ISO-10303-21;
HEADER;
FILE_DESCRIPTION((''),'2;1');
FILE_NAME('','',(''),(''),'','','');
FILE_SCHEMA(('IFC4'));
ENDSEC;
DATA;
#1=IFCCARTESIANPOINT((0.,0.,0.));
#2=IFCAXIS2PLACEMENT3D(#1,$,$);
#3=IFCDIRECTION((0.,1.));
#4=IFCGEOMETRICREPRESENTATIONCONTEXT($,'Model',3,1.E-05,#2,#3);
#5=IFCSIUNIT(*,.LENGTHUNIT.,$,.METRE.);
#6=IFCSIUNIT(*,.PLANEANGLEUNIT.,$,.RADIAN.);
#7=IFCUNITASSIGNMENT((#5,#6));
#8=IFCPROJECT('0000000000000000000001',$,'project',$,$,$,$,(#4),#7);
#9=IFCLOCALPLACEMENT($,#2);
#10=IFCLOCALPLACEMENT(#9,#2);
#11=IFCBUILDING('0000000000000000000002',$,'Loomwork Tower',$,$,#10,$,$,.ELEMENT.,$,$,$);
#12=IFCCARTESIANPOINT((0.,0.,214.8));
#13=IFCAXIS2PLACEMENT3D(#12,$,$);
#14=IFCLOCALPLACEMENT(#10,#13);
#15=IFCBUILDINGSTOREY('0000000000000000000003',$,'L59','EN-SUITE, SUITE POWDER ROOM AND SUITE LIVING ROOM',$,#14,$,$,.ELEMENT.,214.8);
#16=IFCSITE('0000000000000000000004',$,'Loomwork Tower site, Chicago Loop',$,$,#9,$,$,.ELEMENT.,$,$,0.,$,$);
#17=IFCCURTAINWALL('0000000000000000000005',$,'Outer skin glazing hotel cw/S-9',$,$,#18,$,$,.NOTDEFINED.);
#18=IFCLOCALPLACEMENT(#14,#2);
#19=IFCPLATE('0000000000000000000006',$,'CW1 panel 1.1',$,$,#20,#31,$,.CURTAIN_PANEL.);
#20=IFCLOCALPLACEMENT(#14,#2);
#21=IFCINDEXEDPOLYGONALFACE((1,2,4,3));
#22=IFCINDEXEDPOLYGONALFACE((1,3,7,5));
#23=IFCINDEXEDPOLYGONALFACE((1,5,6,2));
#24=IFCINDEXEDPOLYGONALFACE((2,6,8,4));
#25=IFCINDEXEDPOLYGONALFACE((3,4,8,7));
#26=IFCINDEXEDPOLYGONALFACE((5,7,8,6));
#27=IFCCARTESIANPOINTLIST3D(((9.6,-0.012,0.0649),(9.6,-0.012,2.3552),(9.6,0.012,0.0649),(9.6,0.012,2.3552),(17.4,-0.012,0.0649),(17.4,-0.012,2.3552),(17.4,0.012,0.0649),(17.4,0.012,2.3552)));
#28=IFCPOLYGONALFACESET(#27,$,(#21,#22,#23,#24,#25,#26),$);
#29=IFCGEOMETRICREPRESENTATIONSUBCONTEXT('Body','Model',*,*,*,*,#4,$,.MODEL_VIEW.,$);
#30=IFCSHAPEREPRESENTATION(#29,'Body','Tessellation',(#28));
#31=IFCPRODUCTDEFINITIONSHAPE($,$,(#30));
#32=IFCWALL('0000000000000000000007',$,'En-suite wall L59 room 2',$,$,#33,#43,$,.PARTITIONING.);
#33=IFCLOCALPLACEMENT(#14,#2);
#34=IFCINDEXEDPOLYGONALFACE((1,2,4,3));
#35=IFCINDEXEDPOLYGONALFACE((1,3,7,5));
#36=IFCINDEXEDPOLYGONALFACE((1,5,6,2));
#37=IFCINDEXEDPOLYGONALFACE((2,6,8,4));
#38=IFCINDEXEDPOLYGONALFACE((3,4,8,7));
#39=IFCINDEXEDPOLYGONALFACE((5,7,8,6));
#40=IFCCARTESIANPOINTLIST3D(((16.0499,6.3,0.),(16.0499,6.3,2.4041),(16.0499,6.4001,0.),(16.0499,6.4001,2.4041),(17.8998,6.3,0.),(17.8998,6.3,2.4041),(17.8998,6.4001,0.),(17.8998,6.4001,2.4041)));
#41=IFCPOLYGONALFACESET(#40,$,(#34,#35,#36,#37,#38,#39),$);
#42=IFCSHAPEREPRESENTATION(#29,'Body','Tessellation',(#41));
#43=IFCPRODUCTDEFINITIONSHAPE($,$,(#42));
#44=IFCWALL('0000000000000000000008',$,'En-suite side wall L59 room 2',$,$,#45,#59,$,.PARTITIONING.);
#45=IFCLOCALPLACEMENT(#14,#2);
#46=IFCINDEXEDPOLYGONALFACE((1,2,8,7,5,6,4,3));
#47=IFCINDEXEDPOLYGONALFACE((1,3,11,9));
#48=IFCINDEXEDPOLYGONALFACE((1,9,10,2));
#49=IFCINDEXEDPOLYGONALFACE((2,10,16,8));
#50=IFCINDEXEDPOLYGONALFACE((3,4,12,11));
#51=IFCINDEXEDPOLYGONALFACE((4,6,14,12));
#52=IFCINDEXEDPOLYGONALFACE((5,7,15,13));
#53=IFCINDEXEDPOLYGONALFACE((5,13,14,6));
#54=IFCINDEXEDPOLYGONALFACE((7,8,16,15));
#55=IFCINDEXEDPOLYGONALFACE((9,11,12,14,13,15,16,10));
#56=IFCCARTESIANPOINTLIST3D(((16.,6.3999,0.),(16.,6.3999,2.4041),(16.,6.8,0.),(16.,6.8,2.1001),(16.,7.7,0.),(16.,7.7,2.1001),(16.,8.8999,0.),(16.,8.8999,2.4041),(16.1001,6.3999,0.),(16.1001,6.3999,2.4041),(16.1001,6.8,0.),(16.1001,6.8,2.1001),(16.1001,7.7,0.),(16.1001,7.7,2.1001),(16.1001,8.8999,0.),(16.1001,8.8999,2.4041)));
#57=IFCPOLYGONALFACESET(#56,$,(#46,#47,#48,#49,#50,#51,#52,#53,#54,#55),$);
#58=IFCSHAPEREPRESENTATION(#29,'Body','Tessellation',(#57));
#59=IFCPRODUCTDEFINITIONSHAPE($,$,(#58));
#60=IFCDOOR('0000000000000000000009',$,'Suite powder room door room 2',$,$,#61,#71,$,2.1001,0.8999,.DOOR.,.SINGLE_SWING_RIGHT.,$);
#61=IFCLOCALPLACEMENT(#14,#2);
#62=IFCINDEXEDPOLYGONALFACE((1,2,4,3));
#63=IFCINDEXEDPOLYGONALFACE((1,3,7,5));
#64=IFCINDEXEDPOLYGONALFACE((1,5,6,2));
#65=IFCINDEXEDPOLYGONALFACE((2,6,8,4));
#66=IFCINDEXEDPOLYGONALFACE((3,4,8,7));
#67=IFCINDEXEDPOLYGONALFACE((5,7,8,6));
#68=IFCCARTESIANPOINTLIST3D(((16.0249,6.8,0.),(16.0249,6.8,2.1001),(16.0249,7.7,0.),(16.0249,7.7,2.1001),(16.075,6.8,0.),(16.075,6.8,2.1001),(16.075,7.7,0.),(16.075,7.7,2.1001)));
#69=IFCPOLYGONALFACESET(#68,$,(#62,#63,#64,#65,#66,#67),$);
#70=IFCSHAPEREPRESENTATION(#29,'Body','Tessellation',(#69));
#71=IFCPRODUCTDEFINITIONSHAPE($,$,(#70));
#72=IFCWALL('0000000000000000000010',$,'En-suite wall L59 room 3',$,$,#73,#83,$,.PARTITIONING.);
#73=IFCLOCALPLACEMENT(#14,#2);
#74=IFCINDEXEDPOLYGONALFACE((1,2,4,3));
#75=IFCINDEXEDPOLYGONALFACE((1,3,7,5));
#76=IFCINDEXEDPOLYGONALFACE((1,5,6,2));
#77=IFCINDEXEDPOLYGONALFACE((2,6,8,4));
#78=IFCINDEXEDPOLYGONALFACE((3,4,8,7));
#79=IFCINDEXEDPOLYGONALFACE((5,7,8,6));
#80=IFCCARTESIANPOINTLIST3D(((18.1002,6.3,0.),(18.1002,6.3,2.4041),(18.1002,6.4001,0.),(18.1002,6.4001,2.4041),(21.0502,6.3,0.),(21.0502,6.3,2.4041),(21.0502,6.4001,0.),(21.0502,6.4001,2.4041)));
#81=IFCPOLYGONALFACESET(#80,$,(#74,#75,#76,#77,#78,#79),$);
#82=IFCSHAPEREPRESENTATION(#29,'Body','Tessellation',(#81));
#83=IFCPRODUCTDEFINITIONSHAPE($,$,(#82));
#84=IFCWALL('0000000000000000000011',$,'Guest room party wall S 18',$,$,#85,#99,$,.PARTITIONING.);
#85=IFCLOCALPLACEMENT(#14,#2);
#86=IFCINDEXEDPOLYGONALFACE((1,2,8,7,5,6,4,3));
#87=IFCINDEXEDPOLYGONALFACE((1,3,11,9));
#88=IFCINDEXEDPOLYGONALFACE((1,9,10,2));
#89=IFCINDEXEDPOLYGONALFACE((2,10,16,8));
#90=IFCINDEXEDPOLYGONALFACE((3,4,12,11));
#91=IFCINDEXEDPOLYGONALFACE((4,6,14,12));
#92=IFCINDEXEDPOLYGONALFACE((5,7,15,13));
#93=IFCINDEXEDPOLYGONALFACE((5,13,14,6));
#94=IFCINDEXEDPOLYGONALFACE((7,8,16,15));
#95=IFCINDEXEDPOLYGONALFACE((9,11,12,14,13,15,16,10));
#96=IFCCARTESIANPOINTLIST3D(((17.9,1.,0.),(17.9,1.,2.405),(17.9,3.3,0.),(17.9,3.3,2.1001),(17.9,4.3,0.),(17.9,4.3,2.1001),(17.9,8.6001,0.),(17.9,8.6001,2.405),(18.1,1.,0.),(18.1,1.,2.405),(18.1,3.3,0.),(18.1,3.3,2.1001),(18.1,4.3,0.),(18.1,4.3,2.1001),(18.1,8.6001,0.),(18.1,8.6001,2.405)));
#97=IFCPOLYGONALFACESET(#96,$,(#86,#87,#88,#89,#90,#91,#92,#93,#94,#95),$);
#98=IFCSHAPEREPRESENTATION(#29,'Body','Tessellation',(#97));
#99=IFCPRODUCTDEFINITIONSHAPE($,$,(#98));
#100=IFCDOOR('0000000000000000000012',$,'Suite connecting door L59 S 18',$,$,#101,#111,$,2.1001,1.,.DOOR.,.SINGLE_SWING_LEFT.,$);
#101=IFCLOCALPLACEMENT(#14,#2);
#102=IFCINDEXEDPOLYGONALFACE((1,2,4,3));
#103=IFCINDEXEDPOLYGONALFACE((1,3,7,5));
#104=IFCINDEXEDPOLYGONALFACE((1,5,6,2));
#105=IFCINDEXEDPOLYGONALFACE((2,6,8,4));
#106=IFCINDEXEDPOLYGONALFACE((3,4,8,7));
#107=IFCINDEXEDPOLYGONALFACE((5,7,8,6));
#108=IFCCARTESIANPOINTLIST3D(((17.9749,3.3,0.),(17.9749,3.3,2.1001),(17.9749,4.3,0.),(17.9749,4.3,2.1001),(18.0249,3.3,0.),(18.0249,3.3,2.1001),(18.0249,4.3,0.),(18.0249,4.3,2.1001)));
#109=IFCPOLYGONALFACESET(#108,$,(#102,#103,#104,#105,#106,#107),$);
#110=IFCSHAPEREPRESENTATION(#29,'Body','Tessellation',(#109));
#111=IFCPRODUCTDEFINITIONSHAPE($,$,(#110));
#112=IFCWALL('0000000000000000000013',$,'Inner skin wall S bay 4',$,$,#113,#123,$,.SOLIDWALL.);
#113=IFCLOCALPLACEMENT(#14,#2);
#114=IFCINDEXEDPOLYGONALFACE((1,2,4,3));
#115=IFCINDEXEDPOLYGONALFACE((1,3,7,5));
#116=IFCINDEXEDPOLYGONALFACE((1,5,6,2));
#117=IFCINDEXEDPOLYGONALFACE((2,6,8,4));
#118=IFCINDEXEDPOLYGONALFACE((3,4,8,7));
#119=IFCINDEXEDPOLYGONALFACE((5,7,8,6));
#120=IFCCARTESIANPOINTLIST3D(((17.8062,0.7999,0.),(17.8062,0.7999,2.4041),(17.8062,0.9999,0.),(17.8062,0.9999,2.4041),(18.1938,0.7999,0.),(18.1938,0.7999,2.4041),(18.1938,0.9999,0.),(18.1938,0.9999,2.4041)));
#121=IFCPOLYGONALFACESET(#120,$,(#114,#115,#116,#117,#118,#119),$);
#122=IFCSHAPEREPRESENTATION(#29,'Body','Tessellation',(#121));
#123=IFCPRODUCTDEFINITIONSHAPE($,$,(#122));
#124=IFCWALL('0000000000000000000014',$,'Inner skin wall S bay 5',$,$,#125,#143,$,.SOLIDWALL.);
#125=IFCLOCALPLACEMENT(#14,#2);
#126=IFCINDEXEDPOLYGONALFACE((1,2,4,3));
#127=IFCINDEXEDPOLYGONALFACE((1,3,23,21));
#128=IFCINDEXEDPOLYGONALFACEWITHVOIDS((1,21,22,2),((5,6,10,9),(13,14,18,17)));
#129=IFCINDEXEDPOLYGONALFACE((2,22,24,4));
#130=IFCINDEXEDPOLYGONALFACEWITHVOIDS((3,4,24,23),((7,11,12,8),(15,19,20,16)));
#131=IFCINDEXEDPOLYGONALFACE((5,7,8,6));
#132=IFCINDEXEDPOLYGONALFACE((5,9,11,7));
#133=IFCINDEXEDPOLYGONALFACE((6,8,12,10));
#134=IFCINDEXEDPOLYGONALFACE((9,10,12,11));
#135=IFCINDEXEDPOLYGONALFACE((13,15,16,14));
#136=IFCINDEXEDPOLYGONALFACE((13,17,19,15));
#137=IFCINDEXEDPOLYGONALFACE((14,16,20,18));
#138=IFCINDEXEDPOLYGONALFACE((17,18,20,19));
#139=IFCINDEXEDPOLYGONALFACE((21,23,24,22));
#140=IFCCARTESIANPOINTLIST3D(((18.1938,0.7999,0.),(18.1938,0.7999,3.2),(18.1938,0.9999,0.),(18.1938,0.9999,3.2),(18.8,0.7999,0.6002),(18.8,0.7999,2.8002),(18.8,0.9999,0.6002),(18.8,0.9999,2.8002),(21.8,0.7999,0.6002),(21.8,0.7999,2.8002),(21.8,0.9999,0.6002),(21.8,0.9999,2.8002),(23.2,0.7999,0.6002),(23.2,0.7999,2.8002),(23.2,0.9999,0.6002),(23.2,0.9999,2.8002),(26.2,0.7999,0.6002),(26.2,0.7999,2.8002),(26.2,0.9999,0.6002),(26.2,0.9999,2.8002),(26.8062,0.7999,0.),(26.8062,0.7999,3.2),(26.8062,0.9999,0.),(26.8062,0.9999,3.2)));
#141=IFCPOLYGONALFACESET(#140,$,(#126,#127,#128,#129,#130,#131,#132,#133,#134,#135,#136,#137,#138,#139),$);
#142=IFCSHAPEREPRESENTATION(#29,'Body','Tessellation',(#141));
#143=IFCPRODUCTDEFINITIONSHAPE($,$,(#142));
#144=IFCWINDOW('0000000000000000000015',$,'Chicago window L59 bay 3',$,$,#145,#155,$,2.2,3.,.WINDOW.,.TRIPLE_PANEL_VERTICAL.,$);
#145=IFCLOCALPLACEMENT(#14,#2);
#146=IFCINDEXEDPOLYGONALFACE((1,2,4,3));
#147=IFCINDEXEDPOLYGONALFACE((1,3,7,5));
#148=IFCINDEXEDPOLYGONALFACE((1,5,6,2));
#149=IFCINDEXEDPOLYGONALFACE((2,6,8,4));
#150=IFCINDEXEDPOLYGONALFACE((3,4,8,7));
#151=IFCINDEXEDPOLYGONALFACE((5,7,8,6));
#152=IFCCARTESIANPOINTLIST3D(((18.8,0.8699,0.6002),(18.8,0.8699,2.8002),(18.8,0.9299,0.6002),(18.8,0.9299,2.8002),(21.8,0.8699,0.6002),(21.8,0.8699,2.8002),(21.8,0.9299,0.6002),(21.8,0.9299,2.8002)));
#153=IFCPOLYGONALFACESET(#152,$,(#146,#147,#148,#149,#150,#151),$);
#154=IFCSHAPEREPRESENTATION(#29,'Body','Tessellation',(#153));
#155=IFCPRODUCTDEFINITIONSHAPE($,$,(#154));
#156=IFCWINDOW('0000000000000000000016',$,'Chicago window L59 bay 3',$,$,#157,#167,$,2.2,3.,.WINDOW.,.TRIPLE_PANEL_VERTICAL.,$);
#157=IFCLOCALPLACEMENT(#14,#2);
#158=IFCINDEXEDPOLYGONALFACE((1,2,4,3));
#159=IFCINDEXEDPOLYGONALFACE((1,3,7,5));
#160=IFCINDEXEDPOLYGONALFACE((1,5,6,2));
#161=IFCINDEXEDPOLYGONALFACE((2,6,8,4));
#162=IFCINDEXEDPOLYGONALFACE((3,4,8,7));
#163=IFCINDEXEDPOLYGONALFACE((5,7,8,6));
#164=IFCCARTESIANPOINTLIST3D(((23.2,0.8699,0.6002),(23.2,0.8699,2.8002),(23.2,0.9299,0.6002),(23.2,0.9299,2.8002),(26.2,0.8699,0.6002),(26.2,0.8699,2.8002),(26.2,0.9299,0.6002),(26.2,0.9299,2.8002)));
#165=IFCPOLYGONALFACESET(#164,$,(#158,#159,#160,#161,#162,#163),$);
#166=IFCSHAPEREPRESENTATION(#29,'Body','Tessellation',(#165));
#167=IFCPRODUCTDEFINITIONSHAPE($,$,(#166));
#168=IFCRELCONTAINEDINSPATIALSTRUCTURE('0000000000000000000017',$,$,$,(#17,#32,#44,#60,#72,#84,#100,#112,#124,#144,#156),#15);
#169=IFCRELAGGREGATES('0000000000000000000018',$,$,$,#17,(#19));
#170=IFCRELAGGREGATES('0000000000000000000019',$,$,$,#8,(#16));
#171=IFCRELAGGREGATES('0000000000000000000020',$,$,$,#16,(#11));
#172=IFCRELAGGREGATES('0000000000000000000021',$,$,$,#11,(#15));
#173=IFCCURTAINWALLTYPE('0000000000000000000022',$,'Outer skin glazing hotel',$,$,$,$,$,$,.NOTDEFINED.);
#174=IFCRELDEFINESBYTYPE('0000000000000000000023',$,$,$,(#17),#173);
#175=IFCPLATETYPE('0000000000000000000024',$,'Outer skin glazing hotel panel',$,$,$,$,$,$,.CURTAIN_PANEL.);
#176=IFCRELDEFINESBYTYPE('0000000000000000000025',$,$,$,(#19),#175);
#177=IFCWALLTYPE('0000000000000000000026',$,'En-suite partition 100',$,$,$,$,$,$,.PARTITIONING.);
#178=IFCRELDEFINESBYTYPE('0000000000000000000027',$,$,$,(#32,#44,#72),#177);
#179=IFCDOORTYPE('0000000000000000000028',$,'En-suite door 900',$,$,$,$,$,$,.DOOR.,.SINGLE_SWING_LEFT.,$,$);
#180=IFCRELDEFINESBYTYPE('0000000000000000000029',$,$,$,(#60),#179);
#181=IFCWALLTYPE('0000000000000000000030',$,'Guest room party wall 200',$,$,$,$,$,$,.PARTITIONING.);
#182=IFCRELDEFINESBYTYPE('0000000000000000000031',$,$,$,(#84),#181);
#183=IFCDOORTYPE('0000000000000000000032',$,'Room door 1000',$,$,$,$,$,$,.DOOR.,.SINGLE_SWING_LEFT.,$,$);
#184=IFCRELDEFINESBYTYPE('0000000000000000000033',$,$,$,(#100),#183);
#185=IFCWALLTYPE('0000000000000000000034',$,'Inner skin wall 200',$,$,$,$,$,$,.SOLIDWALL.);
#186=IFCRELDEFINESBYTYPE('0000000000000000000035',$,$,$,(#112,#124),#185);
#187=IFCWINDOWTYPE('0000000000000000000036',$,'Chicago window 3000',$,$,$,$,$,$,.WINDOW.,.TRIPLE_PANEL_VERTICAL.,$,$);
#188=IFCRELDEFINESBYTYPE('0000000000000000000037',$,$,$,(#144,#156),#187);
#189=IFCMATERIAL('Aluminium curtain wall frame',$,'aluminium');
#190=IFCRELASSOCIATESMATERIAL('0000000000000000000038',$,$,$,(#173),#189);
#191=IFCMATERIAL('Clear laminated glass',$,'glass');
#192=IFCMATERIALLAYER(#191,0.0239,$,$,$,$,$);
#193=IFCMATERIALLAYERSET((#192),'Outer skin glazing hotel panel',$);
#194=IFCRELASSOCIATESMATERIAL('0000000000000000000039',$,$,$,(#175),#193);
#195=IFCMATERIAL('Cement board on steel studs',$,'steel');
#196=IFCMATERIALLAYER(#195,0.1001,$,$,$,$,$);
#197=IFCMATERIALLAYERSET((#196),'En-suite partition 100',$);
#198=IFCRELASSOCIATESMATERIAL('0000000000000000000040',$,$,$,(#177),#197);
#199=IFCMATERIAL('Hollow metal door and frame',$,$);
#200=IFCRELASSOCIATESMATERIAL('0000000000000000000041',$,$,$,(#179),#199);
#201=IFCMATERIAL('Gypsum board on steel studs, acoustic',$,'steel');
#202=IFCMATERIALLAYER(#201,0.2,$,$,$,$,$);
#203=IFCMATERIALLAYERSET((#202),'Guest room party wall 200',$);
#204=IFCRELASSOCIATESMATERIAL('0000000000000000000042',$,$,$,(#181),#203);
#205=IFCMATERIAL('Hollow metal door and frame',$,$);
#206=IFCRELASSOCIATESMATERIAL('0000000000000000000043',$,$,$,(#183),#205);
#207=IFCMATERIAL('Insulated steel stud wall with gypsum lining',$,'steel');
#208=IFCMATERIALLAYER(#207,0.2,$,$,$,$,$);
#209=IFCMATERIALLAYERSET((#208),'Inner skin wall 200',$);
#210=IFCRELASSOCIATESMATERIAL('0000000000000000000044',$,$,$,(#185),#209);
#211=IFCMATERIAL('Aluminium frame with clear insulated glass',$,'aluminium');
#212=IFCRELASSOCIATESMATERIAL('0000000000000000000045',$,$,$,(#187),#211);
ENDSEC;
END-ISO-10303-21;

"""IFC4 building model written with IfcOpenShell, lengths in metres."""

from ifc_helpers import new_model, si_unit, direction, frame, frame_2d, origin, origin_2d, place, context, subcontext, project, spatial, rectangle, extrude, material, layer, layer_set, type_object, element, fill, aggregate, save


model = new_model("IFC4")

# Units and contexts
model_context = context("Model", 3, precision=1e-05, world=origin(), true_north=direction((0.0, 1.0)))
body_context = subcontext(model_context, "Body", "Model", "MODEL_VIEW")
ifc_project = project(units=[si_unit("LENGTHUNIT", "METRE"), si_unit("PLANEANGLEUNIT", "RADIAN")], contexts=[model_context])

# Site, building, storey
site_placement = place(None, origin())
site = spatial("IfcSite", under=ifc_project, at=site_placement, Name="Loomwork Tower site, Chicago Loop", CompositionType="ELEMENT", RefElevation=0.0)
building_placement = place(site_placement, origin())
building = spatial("IfcBuilding", under=site, at=building_placement, Name="Loomwork Tower", CompositionType="ELEMENT")
storey_placement = place(building_placement, frame((0.0, 0.0, 214.8)))
storey = spatial("IfcBuildingStorey", under=building, at=storey_placement, Name="L59", Description="EN-SUITE, SUITE POWDER ROOM AND SUITE LIVING ROOM", CompositionType="ELEMENT", Elevation=214.8)

# Curtain wall
ifc_material_1 = material(Name="Aluminium curtain wall frame", Category="aluminium")
curtain_wall_type = type_object("IfcCurtainWallType", Name="Outer skin glazing hotel", PredefinedType="NOTDEFINED", material=ifc_material_1)
curtain_wall_1_placement = place(storey_placement, origin())
curtain_wall_1 = element("IfcCurtainWall", 1, at=curtain_wall_1_placement, inside=storey, type_object=curtain_wall_type, Name="Outer skin glazing hotel cw/S-9", PredefinedType="NOTDEFINED")

# Plate
ifc_material_2 = material(Name="Clear laminated glass", Category="glass")
ifc_layer_1 = layer(ifc_material_2, 0.0239)
ifc_layer_set_1 = layer_set([ifc_layer_1], Name="Outer skin glazing hotel panel")
plate_type = type_object("IfcPlateType", Name="Outer skin glazing hotel panel", PredefinedType="CURTAIN_PANEL", material=ifc_layer_set_1)
plate_placement = place(storey_placement, frame((13.5, 0.0, 0.0649), z_axis=(0.0, 0.0, 1.0), x_axis=(1.0, 0.0, 0.0)))
plate = element("IfcPlate", 2, at=plate_placement, type_object=plate_type, Name="CW1 panel 1.1", PredefinedType="CURTAIN_PANEL", context=body_context, shape_type="SweptSolid", body=[
    extrude(rectangle(XDim=7.8, YDim=0.0239, at=origin_2d()), origin(), (0.0, 0.0, 1.0), 2.2903),
])
aggregate(curtain_wall_1, [plate])

# Wall
ifc_material_3 = material(Name="Cement board on steel studs", Category="steel")
ifc_layer_2 = layer(ifc_material_3, 0.1001)
ifc_layer_set_2 = layer_set([ifc_layer_2], Name="En-suite partition 100")
wall_type_1 = type_object("IfcWallType", Name="En-suite partition 100", PredefinedType="PARTITIONING", material=ifc_layer_set_2)
wall_1_placement = place(storey_placement, frame((16.05, 6.3501, 0.0), z_axis=(0.0, 0.0, 1.0), x_axis=(1.0, 0.0, 0.0)))
element("IfcWall", 3, at=wall_1_placement, inside=storey, type_object=wall_type_1, Name="En-suite wall L59 room 2", PredefinedType="PARTITIONING", context=body_context, shape_type="SweptSolid", body=[
    extrude(rectangle(XDim=1.8499, YDim=0.1001, at=frame_2d((0.9248, 0.0))), origin(), (0.0, 0.0, 1.0), 2.4041),
])

# Wall, opening, door
wall_2_placement = place(storey_placement, frame((16.05, 8.8999, 0.0), z_axis=(0.0, 0.0, 1.0), x_axis=(0.0, -1.0, 0.0)))
wall_2 = element("IfcWall", 4, at=wall_2_placement, inside=storey, type_object=wall_type_1, Name="En-suite side wall L59 room 2", PredefinedType="PARTITIONING", context=body_context, shape_type="SweptSolid", body=[
    extrude(rectangle(XDim=2.5, YDim=0.1001, at=frame_2d((1.25, 0.0))), origin(), (0.0, 0.0, 1.0), 2.4041),
])
opening_1_placement = place(wall_2_placement, frame((1.2, 0.0, 0.0)))
opening_1 = element("IfcOpeningElement", 5, at=opening_1_placement, cuts=wall_2, PredefinedType="OPENING", context=body_context, shape_type="SweptSolid", body=[
    extrude(rectangle(XDim=0.8999, YDim=2.1001, at=frame_2d((0.45, 1.05))), frame((0.0, 0.0601, 0.0), z_axis=(0.0, -1.0, 0.0), x_axis=(1.0, 0.0, 0.0)), (0.0, 0.0, 1.0), 0.1201),
])
ifc_material_4 = material(Name="Hollow metal door and frame")
door_type_1 = type_object("IfcDoorType", Name="En-suite door 900", OperationType="SINGLE_SWING_LEFT", PredefinedType="DOOR", material=ifc_material_4)
door_1_placement = place(opening_1_placement, origin())
door_1 = element("IfcDoor", 6, at=door_1_placement, inside=storey, type_object=door_type_1, Name="Suite powder room door room 2", OperationType="SINGLE_SWING_RIGHT", OverallHeight=2.1001, OverallWidth=0.8999, PredefinedType="DOOR", context=body_context, shape_type="SweptSolid", body=[
    extrude(rectangle(XDim=0.8999, YDim=2.1001, at=frame_2d((0.45, 1.05))), frame((0.0, 0.0249, 0.0), z_axis=(0.0, -1.0, 0.0), x_axis=(1.0, 0.0, 0.0)), (0.0, 0.0, 1.0), 0.05),
])
fill(opening_1, door_1)

# Wall
wall_3_placement = place(storey_placement, frame((18.1001, 6.3501, 0.0), z_axis=(0.0, 0.0, 1.0), x_axis=(1.0, 0.0, 0.0)))
element("IfcWall", 7, at=wall_3_placement, inside=storey, type_object=wall_type_1, Name="En-suite wall L59 room 3", PredefinedType="PARTITIONING", context=body_context, shape_type="SweptSolid", body=[
    extrude(rectangle(XDim=2.95, YDim=0.1001, at=frame_2d((1.4751, 0.0))), origin(), (0.0, 0.0, 1.0), 2.4041),
])

# Wall, opening, door
ifc_material_5 = material(Name="Gypsum board on steel studs, acoustic", Category="steel")
ifc_layer_3 = layer(ifc_material_5, 0.2)
ifc_layer_set_3 = layer_set([ifc_layer_3], Name="Guest room party wall 200")
wall_type_2 = type_object("IfcWallType", Name="Guest room party wall 200", PredefinedType="PARTITIONING", material=ifc_layer_set_3)
wall_4_placement = place(storey_placement, frame((18.0, 8.6001, 0.0), z_axis=(0.0, 0.0, 1.0), x_axis=(0.0, -1.0, 0.0)))
wall_4 = element("IfcWall", 8, at=wall_4_placement, inside=storey, type_object=wall_type_2, Name="Guest room party wall S 18", PredefinedType="PARTITIONING", context=body_context, shape_type="SweptSolid", body=[
    extrude(rectangle(XDim=7.6001, YDim=0.2, at=frame_2d((3.8, 0.0))), origin(), (0.0, 0.0, 1.0), 2.405),
])
opening_2_placement = place(wall_4_placement, frame((4.3, 0.0, 0.0)))
opening_2 = element("IfcOpeningElement", 9, at=opening_2_placement, cuts=wall_4, PredefinedType="OPENING", context=body_context, shape_type="SweptSolid", body=[
    extrude(rectangle(XDim=1.0, YDim=2.1001, at=frame_2d((0.5, 1.05))), frame((0.0, 0.1099, 0.0), z_axis=(0.0, -1.0, 0.0), x_axis=(1.0, 0.0, 0.0)), (0.0, 0.0, 1.0), 0.22),
])
ifc_material_6 = material(Name="Hollow metal door and frame")
door_type_2 = type_object("IfcDoorType", Name="Room door 1000", OperationType="SINGLE_SWING_LEFT", PredefinedType="DOOR", material=ifc_material_6)
door_2_placement = place(opening_2_placement, origin())
door_2 = element("IfcDoor", 10, at=door_2_placement, inside=storey, type_object=door_type_2, Name="Suite connecting door L59 S 18", OperationType="SINGLE_SWING_LEFT", OverallHeight=2.1001, OverallWidth=1.0, PredefinedType="DOOR", context=body_context, shape_type="SweptSolid", body=[
    extrude(rectangle(XDim=1.0, YDim=2.1001, at=frame_2d((0.5, 1.05))), frame((0.0, 0.0249, 0.0), z_axis=(0.0, -1.0, 0.0), x_axis=(1.0, 0.0, 0.0)), (0.0, 0.0, 1.0), 0.05),
])
fill(opening_2, door_2)

# Wall
ifc_material_7 = material(Name="Insulated steel stud wall with gypsum lining", Category="steel")
ifc_layer_4 = layer(ifc_material_7, 0.2)
ifc_layer_set_4 = layer_set([ifc_layer_4], Name="Inner skin wall 200")
wall_type_3 = type_object("IfcWallType", Name="Inner skin wall 200", PredefinedType="SOLIDWALL", material=ifc_layer_set_4)
wall_5_placement = place(storey_placement, frame((17.8062, 0.8999, 0.0), z_axis=(0.0, 0.0, 1.0), x_axis=(1.0, 0.0, 0.0)))
element("IfcWall", 11, at=wall_5_placement, inside=storey, type_object=wall_type_3, Name="Inner skin wall S bay 4", PredefinedType="SOLIDWALL", context=body_context, shape_type="SweptSolid", body=[
    extrude(rectangle(XDim=0.3877, YDim=0.2, at=frame_2d((0.1938, 0.0))), origin(), (0.0, 0.0, 1.0), 2.4041),
])

# Wall, openings, windows
wall_6_placement = place(storey_placement, frame((18.1938, 0.8999, 0.0), z_axis=(0.0, 0.0, 1.0), x_axis=(1.0, 0.0, 0.0)))
wall_6 = element("IfcWall", 12, at=wall_6_placement, inside=storey, type_object=wall_type_3, Name="Inner skin wall S bay 5", PredefinedType="SOLIDWALL", context=body_context, shape_type="SweptSolid", body=[
    extrude(rectangle(XDim=8.6123, YDim=0.2, at=frame_2d((4.3062, 0.0))), origin(), (0.0, 0.0, 1.0), 3.2),
])
opening_3_placement = place(wall_6_placement, frame((0.6062, 0.0, 0.6001)))
opening_3 = element("IfcOpeningElement", 13, at=opening_3_placement, cuts=wall_6, PredefinedType="OPENING", context=body_context, shape_type="SweptSolid", body=[
    extrude(rectangle(XDim=3.0, YDim=2.2, at=frame_2d((1.5, 1.1001))), frame((0.0, 0.1099, 0.0), z_axis=(0.0, -1.0, 0.0), x_axis=(1.0, 0.0, 0.0)), (0.0, 0.0, 1.0), 0.22),
])
opening_4_placement = place(wall_6_placement, frame((5.0061, 0.0, 0.6001)))
opening_4 = element("IfcOpeningElement", 14, at=opening_4_placement, cuts=wall_6, PredefinedType="OPENING", context=body_context, shape_type="SweptSolid", body=[
    extrude(rectangle(XDim=3.0, YDim=2.2, at=frame_2d((1.5, 1.1001))), frame((0.0, 0.1099, 0.0), z_axis=(0.0, -1.0, 0.0), x_axis=(1.0, 0.0, 0.0)), (0.0, 0.0, 1.0), 0.22),
])
ifc_material_8 = material(Name="Aluminium frame with clear insulated glass", Category="aluminium")
window_type = type_object("IfcWindowType", Name="Chicago window 3000", PartitioningType="TRIPLE_PANEL_VERTICAL", PredefinedType="WINDOW", material=ifc_material_8)
window_1_placement = place(opening_3_placement, origin())
window_1 = element("IfcWindow", 15, at=window_1_placement, inside=storey, type_object=window_type, Name="Chicago window L59 bay 3", OverallHeight=2.2, OverallWidth=3.0, PartitioningType="TRIPLE_PANEL_VERTICAL", PredefinedType="WINDOW", context=body_context, shape_type="SweptSolid", body=[
    extrude(rectangle(XDim=3.0, YDim=2.2, at=frame_2d((1.5, 1.1001))), frame((0.0, 0.03, 0.0), z_axis=(0.0, -1.0, 0.0), x_axis=(1.0, 0.0, 0.0)), (0.0, 0.0, 1.0), 0.0601),
])
fill(opening_3, window_1)
window_2_placement = place(opening_4_placement, origin())
window_2 = element("IfcWindow", 16, at=window_2_placement, inside=storey, type_object=window_type, Name="Chicago window L59 bay 3", OverallHeight=2.2, OverallWidth=3.0, PartitioningType="TRIPLE_PANEL_VERTICAL", PredefinedType="WINDOW", context=body_context, shape_type="SweptSolid", body=[
    extrude(rectangle(XDim=3.0, YDim=2.2, at=frame_2d((1.5, 1.1001))), frame((0.0, 0.03, 0.0), z_axis=(0.0, -1.0, 0.0), x_axis=(1.0, 0.0, 0.0)), (0.0, 0.0, 1.0), 0.0601),
])
fill(opening_4, window_2)

save(model, "model.ifc")
